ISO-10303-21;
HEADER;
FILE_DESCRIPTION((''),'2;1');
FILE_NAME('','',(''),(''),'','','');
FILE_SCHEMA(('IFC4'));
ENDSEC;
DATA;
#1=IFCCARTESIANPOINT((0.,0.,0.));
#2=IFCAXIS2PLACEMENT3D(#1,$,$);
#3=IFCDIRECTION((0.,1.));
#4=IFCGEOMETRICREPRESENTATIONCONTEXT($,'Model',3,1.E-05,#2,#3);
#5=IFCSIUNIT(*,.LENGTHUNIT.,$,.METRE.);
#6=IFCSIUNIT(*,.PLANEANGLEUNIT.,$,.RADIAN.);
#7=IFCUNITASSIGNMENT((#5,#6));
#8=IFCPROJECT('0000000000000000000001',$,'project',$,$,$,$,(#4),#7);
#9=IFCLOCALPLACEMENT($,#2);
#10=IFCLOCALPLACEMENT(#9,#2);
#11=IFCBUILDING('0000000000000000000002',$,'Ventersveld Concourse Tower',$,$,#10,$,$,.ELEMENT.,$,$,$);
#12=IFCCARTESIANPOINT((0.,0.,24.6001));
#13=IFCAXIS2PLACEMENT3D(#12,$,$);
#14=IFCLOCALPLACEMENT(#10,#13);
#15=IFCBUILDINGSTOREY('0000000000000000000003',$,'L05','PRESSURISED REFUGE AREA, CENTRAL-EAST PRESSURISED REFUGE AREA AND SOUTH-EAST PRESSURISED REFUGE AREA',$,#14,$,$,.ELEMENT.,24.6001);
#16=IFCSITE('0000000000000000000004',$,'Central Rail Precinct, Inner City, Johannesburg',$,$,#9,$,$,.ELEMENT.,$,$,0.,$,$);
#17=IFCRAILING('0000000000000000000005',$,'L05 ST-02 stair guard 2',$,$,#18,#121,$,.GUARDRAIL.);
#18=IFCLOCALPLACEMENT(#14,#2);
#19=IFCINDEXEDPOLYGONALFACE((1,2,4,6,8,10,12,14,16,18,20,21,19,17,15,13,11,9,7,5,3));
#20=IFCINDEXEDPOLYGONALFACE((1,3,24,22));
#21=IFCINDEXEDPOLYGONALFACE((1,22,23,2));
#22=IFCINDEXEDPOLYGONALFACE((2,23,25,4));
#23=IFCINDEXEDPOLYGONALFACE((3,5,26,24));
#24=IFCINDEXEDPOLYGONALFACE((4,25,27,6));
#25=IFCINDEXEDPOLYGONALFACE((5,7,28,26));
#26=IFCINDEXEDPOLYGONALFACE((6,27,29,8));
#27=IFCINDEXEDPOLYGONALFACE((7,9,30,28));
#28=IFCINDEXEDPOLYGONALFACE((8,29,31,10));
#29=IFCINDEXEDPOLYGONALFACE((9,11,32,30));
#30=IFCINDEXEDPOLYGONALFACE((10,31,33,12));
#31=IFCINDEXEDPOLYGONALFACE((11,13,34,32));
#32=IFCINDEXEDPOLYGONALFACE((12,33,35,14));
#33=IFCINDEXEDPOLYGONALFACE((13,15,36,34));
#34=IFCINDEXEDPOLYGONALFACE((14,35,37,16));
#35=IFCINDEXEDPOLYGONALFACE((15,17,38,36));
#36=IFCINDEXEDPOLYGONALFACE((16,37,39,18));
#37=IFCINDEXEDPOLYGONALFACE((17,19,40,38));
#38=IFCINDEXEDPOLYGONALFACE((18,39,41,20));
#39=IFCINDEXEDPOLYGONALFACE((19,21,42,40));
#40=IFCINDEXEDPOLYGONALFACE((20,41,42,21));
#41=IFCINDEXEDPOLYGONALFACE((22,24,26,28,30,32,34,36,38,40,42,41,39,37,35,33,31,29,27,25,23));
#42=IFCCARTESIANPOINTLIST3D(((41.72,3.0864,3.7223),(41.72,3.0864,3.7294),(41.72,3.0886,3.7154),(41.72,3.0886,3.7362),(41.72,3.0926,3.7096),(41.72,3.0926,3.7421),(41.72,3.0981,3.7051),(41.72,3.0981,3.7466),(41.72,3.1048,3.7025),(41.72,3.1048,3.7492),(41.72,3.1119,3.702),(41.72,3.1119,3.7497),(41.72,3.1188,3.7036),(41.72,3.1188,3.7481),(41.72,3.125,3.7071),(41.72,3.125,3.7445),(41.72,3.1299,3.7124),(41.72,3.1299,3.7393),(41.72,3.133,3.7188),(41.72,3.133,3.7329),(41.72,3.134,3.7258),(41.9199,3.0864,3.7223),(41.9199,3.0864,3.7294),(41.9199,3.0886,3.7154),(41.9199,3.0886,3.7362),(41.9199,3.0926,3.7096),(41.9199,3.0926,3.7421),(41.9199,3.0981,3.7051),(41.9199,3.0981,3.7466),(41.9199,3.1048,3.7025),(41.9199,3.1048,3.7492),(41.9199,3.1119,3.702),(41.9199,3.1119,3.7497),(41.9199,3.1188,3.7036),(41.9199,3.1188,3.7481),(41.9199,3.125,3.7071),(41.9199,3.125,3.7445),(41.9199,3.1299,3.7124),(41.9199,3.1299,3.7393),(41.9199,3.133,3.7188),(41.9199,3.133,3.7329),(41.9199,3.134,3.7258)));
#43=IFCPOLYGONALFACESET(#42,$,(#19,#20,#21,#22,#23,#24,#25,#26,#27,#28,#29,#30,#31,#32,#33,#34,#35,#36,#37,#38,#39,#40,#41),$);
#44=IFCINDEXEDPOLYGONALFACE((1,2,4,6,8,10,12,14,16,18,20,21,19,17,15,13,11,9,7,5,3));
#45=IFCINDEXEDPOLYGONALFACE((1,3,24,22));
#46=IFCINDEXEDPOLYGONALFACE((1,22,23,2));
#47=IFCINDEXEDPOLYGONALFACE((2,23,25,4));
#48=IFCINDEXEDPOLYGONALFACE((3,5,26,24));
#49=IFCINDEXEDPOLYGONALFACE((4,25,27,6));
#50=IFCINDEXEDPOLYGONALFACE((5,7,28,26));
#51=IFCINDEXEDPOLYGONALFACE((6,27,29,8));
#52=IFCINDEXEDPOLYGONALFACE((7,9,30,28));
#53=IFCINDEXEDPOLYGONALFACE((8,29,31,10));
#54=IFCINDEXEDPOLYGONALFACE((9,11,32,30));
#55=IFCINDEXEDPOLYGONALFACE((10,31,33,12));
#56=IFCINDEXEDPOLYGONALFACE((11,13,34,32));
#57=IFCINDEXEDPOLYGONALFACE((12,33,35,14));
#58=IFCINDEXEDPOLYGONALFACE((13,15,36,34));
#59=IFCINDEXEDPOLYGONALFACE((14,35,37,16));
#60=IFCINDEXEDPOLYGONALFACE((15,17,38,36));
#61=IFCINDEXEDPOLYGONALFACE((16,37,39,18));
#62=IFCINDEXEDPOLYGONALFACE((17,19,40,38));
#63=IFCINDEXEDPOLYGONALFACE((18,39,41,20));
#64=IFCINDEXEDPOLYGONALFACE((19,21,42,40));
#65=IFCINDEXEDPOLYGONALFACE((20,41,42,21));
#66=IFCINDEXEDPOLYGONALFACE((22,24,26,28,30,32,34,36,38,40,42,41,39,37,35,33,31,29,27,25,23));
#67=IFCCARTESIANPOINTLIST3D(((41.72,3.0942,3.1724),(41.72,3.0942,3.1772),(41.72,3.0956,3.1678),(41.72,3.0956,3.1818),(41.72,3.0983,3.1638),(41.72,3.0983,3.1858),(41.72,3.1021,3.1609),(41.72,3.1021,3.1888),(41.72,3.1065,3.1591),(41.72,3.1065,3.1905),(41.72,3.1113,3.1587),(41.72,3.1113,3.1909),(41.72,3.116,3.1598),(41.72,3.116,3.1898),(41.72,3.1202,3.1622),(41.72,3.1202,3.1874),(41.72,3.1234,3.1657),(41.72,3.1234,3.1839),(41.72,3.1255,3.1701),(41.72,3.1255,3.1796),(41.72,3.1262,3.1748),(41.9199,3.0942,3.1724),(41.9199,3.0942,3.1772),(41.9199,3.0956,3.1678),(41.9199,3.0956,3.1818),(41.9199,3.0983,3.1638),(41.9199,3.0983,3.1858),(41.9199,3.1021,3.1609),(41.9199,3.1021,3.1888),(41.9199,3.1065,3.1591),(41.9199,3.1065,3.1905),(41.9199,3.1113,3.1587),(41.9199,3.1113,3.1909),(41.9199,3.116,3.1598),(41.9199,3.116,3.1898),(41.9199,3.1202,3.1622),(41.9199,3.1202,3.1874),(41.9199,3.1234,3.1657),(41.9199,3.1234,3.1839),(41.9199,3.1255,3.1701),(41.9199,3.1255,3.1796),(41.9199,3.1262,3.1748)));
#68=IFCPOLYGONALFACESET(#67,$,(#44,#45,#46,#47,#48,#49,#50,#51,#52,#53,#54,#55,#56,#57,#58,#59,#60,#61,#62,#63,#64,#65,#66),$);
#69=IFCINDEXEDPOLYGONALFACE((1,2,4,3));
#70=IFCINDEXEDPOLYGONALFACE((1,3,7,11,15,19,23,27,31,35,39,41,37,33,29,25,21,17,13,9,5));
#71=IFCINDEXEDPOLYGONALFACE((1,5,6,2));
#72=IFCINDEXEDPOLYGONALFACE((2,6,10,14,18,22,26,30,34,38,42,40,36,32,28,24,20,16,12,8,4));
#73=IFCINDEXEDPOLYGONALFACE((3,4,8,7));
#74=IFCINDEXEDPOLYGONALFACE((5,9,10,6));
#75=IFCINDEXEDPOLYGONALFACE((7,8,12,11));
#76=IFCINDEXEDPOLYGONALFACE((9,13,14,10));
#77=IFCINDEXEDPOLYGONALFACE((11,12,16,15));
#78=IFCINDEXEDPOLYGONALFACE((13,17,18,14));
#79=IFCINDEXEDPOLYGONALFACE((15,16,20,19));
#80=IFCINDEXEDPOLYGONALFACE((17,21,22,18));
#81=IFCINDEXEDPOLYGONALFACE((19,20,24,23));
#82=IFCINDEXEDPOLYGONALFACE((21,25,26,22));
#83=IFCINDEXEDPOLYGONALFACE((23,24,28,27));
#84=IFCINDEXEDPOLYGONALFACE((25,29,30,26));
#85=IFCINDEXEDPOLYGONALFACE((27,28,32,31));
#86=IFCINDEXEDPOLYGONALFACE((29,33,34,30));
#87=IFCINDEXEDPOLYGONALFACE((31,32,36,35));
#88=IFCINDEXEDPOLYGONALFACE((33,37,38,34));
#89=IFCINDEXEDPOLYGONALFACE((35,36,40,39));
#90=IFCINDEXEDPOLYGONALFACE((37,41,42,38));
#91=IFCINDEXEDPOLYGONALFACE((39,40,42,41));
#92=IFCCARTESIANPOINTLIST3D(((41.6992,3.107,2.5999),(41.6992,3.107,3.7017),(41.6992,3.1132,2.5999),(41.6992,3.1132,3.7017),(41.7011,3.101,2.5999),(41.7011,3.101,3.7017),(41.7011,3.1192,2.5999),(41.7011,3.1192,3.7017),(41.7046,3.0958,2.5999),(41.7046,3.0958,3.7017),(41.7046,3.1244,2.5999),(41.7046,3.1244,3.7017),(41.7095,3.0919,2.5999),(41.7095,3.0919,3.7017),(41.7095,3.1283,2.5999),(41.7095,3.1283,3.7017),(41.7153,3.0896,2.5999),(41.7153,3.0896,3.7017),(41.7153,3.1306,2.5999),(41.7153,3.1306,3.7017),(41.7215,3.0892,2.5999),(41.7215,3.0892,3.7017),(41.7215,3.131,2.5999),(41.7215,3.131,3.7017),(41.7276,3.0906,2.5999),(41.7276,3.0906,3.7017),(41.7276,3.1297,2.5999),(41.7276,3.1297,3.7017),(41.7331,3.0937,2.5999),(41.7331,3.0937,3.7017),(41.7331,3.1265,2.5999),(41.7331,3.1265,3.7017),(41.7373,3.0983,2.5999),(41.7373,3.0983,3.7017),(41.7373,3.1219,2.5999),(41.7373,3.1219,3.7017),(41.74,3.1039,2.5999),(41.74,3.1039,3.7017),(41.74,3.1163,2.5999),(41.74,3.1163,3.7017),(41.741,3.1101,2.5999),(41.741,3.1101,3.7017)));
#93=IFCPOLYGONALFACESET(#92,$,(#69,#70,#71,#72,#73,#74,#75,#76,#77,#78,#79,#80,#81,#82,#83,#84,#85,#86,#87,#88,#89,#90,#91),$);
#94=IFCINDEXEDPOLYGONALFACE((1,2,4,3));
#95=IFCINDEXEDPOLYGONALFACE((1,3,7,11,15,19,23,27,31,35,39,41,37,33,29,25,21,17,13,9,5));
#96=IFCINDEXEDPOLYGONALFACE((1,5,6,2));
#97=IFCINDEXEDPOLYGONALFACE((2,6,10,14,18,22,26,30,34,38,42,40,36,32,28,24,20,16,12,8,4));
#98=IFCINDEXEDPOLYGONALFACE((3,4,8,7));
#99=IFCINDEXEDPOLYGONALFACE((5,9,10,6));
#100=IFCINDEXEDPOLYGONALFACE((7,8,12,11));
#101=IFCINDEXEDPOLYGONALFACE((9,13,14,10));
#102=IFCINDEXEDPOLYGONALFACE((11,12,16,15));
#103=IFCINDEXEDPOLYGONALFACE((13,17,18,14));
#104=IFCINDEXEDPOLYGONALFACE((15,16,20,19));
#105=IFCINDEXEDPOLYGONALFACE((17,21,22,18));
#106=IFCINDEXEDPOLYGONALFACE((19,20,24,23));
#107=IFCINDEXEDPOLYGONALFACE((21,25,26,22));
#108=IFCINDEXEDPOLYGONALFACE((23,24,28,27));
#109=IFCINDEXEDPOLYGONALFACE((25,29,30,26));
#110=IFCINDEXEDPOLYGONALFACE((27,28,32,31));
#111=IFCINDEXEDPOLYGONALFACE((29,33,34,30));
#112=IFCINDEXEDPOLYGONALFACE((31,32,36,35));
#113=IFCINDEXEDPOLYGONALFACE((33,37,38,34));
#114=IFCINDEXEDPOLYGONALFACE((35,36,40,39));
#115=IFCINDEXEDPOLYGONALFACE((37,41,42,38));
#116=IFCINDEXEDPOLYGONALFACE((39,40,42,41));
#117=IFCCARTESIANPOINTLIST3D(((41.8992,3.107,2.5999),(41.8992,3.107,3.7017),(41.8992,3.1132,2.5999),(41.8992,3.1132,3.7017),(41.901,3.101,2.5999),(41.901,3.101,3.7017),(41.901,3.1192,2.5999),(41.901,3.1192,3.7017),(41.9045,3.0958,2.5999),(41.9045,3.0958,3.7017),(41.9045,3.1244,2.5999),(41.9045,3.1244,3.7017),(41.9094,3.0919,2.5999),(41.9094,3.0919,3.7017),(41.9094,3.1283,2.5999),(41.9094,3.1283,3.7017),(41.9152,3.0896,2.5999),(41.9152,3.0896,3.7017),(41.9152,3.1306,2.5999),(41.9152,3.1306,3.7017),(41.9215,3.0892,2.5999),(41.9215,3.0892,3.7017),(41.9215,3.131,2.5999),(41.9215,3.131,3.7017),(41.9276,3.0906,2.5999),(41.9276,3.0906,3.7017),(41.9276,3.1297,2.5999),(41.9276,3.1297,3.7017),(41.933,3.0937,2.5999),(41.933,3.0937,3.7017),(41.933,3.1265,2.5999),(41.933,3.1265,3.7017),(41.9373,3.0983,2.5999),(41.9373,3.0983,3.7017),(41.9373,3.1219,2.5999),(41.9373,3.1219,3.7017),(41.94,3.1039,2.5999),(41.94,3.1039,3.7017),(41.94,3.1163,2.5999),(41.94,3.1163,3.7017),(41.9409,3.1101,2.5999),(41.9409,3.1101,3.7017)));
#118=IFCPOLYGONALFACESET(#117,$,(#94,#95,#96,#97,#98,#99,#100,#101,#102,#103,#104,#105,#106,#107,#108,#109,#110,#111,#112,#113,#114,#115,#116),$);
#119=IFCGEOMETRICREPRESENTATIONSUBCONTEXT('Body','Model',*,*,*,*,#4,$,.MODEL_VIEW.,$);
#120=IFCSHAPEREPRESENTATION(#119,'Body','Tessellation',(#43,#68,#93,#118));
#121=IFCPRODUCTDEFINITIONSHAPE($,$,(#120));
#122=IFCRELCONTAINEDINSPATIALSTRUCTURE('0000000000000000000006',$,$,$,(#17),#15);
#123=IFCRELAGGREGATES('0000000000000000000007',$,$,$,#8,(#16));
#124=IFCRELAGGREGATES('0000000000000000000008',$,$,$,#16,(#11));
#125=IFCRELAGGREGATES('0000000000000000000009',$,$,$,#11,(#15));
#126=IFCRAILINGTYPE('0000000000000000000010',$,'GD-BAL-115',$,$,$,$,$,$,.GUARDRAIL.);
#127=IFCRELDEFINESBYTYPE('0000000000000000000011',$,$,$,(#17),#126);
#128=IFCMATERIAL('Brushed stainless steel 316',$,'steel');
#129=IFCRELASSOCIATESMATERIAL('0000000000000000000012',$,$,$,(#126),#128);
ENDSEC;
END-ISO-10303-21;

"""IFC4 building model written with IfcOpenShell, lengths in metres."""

from ifc_helpers import new_model, si_unit, direction, frame, origin, origin_2d, place, context, subcontext, project, spatial, circle, extrude, material, type_object, element, save


model = new_model("IFC4")

# Units and contexts
model_context = context("Model", 3, precision=1e-05, world=origin(), true_north=direction((0.0, 1.0)))
body_context = subcontext(model_context, "Body", "Model", "MODEL_VIEW")
ifc_project = project(units=[si_unit("LENGTHUNIT", "METRE"), si_unit("PLANEANGLEUNIT", "RADIAN")], contexts=[model_context])

# Site, building, storey
site_placement = place(None, origin())
site = spatial("IfcSite", under=ifc_project, at=site_placement, Name="Central Rail Precinct, Inner City, Johannesburg", CompositionType="ELEMENT", RefElevation=0.0)
building_placement = place(site_placement, origin())
building = spatial("IfcBuilding", under=site, at=building_placement, Name="Ventersveld Concourse Tower", CompositionType="ELEMENT")
storey_placement = place(building_placement, frame((0.0, 0.0, 24.6001)))
storey = spatial("IfcBuildingStorey", under=building, at=storey_placement, Name="L05", Description="PRESSURISED REFUGE AREA, CENTRAL-EAST PRESSURISED REFUGE AREA AND SOUTH-EAST PRESSURISED REFUGE AREA", CompositionType="ELEMENT", Elevation=24.6001)

# Railing
ifc_material_1 = material(Name="Brushed stainless steel 316", Category="steel")
railing_type_1 = type_object("IfcRailingType", Name="GD-BAL-115", PredefinedType="GUARDRAIL", material=ifc_material_1)
railing_1_placement = place(storey_placement, frame((41.72, 3.1101, 2.5999)))
element("IfcRailing", 1, at=railing_1_placement, inside=storey, type_object=railing_type_1, Name="L05 ST-02 stair guard 2", PredefinedType="GUARDRAIL", context=body_context, shape_type="SweptSolid", body=[
    extrude(circle(Radius=0.0239, at=origin_2d()), frame((0.0, 0.0, 1.126), z_axis=(1.0, 0.0, 0.0), x_axis=(0.0, 1.0, 0.0)), (0.0, 0.0, 1.0), 0.2),
    extrude(circle(Radius=0.0161, at=origin_2d()), frame((0.0, 0.0, 0.575), z_axis=(1.0, 0.0, 0.0), x_axis=(0.0, 1.0, 0.0)), (0.0, 0.0, 1.0), 0.2),
    extrude(circle(Radius=0.021, at=origin_2d()), origin(), (0.0, 0.0, 1.0), 1.1018),
    extrude(circle(Radius=0.021, at=origin_2d()), frame((0.2, 0.0, 0.0)), (0.0, 0.0, 1.0), 1.1018),
])

save(model, "model.ifc")
